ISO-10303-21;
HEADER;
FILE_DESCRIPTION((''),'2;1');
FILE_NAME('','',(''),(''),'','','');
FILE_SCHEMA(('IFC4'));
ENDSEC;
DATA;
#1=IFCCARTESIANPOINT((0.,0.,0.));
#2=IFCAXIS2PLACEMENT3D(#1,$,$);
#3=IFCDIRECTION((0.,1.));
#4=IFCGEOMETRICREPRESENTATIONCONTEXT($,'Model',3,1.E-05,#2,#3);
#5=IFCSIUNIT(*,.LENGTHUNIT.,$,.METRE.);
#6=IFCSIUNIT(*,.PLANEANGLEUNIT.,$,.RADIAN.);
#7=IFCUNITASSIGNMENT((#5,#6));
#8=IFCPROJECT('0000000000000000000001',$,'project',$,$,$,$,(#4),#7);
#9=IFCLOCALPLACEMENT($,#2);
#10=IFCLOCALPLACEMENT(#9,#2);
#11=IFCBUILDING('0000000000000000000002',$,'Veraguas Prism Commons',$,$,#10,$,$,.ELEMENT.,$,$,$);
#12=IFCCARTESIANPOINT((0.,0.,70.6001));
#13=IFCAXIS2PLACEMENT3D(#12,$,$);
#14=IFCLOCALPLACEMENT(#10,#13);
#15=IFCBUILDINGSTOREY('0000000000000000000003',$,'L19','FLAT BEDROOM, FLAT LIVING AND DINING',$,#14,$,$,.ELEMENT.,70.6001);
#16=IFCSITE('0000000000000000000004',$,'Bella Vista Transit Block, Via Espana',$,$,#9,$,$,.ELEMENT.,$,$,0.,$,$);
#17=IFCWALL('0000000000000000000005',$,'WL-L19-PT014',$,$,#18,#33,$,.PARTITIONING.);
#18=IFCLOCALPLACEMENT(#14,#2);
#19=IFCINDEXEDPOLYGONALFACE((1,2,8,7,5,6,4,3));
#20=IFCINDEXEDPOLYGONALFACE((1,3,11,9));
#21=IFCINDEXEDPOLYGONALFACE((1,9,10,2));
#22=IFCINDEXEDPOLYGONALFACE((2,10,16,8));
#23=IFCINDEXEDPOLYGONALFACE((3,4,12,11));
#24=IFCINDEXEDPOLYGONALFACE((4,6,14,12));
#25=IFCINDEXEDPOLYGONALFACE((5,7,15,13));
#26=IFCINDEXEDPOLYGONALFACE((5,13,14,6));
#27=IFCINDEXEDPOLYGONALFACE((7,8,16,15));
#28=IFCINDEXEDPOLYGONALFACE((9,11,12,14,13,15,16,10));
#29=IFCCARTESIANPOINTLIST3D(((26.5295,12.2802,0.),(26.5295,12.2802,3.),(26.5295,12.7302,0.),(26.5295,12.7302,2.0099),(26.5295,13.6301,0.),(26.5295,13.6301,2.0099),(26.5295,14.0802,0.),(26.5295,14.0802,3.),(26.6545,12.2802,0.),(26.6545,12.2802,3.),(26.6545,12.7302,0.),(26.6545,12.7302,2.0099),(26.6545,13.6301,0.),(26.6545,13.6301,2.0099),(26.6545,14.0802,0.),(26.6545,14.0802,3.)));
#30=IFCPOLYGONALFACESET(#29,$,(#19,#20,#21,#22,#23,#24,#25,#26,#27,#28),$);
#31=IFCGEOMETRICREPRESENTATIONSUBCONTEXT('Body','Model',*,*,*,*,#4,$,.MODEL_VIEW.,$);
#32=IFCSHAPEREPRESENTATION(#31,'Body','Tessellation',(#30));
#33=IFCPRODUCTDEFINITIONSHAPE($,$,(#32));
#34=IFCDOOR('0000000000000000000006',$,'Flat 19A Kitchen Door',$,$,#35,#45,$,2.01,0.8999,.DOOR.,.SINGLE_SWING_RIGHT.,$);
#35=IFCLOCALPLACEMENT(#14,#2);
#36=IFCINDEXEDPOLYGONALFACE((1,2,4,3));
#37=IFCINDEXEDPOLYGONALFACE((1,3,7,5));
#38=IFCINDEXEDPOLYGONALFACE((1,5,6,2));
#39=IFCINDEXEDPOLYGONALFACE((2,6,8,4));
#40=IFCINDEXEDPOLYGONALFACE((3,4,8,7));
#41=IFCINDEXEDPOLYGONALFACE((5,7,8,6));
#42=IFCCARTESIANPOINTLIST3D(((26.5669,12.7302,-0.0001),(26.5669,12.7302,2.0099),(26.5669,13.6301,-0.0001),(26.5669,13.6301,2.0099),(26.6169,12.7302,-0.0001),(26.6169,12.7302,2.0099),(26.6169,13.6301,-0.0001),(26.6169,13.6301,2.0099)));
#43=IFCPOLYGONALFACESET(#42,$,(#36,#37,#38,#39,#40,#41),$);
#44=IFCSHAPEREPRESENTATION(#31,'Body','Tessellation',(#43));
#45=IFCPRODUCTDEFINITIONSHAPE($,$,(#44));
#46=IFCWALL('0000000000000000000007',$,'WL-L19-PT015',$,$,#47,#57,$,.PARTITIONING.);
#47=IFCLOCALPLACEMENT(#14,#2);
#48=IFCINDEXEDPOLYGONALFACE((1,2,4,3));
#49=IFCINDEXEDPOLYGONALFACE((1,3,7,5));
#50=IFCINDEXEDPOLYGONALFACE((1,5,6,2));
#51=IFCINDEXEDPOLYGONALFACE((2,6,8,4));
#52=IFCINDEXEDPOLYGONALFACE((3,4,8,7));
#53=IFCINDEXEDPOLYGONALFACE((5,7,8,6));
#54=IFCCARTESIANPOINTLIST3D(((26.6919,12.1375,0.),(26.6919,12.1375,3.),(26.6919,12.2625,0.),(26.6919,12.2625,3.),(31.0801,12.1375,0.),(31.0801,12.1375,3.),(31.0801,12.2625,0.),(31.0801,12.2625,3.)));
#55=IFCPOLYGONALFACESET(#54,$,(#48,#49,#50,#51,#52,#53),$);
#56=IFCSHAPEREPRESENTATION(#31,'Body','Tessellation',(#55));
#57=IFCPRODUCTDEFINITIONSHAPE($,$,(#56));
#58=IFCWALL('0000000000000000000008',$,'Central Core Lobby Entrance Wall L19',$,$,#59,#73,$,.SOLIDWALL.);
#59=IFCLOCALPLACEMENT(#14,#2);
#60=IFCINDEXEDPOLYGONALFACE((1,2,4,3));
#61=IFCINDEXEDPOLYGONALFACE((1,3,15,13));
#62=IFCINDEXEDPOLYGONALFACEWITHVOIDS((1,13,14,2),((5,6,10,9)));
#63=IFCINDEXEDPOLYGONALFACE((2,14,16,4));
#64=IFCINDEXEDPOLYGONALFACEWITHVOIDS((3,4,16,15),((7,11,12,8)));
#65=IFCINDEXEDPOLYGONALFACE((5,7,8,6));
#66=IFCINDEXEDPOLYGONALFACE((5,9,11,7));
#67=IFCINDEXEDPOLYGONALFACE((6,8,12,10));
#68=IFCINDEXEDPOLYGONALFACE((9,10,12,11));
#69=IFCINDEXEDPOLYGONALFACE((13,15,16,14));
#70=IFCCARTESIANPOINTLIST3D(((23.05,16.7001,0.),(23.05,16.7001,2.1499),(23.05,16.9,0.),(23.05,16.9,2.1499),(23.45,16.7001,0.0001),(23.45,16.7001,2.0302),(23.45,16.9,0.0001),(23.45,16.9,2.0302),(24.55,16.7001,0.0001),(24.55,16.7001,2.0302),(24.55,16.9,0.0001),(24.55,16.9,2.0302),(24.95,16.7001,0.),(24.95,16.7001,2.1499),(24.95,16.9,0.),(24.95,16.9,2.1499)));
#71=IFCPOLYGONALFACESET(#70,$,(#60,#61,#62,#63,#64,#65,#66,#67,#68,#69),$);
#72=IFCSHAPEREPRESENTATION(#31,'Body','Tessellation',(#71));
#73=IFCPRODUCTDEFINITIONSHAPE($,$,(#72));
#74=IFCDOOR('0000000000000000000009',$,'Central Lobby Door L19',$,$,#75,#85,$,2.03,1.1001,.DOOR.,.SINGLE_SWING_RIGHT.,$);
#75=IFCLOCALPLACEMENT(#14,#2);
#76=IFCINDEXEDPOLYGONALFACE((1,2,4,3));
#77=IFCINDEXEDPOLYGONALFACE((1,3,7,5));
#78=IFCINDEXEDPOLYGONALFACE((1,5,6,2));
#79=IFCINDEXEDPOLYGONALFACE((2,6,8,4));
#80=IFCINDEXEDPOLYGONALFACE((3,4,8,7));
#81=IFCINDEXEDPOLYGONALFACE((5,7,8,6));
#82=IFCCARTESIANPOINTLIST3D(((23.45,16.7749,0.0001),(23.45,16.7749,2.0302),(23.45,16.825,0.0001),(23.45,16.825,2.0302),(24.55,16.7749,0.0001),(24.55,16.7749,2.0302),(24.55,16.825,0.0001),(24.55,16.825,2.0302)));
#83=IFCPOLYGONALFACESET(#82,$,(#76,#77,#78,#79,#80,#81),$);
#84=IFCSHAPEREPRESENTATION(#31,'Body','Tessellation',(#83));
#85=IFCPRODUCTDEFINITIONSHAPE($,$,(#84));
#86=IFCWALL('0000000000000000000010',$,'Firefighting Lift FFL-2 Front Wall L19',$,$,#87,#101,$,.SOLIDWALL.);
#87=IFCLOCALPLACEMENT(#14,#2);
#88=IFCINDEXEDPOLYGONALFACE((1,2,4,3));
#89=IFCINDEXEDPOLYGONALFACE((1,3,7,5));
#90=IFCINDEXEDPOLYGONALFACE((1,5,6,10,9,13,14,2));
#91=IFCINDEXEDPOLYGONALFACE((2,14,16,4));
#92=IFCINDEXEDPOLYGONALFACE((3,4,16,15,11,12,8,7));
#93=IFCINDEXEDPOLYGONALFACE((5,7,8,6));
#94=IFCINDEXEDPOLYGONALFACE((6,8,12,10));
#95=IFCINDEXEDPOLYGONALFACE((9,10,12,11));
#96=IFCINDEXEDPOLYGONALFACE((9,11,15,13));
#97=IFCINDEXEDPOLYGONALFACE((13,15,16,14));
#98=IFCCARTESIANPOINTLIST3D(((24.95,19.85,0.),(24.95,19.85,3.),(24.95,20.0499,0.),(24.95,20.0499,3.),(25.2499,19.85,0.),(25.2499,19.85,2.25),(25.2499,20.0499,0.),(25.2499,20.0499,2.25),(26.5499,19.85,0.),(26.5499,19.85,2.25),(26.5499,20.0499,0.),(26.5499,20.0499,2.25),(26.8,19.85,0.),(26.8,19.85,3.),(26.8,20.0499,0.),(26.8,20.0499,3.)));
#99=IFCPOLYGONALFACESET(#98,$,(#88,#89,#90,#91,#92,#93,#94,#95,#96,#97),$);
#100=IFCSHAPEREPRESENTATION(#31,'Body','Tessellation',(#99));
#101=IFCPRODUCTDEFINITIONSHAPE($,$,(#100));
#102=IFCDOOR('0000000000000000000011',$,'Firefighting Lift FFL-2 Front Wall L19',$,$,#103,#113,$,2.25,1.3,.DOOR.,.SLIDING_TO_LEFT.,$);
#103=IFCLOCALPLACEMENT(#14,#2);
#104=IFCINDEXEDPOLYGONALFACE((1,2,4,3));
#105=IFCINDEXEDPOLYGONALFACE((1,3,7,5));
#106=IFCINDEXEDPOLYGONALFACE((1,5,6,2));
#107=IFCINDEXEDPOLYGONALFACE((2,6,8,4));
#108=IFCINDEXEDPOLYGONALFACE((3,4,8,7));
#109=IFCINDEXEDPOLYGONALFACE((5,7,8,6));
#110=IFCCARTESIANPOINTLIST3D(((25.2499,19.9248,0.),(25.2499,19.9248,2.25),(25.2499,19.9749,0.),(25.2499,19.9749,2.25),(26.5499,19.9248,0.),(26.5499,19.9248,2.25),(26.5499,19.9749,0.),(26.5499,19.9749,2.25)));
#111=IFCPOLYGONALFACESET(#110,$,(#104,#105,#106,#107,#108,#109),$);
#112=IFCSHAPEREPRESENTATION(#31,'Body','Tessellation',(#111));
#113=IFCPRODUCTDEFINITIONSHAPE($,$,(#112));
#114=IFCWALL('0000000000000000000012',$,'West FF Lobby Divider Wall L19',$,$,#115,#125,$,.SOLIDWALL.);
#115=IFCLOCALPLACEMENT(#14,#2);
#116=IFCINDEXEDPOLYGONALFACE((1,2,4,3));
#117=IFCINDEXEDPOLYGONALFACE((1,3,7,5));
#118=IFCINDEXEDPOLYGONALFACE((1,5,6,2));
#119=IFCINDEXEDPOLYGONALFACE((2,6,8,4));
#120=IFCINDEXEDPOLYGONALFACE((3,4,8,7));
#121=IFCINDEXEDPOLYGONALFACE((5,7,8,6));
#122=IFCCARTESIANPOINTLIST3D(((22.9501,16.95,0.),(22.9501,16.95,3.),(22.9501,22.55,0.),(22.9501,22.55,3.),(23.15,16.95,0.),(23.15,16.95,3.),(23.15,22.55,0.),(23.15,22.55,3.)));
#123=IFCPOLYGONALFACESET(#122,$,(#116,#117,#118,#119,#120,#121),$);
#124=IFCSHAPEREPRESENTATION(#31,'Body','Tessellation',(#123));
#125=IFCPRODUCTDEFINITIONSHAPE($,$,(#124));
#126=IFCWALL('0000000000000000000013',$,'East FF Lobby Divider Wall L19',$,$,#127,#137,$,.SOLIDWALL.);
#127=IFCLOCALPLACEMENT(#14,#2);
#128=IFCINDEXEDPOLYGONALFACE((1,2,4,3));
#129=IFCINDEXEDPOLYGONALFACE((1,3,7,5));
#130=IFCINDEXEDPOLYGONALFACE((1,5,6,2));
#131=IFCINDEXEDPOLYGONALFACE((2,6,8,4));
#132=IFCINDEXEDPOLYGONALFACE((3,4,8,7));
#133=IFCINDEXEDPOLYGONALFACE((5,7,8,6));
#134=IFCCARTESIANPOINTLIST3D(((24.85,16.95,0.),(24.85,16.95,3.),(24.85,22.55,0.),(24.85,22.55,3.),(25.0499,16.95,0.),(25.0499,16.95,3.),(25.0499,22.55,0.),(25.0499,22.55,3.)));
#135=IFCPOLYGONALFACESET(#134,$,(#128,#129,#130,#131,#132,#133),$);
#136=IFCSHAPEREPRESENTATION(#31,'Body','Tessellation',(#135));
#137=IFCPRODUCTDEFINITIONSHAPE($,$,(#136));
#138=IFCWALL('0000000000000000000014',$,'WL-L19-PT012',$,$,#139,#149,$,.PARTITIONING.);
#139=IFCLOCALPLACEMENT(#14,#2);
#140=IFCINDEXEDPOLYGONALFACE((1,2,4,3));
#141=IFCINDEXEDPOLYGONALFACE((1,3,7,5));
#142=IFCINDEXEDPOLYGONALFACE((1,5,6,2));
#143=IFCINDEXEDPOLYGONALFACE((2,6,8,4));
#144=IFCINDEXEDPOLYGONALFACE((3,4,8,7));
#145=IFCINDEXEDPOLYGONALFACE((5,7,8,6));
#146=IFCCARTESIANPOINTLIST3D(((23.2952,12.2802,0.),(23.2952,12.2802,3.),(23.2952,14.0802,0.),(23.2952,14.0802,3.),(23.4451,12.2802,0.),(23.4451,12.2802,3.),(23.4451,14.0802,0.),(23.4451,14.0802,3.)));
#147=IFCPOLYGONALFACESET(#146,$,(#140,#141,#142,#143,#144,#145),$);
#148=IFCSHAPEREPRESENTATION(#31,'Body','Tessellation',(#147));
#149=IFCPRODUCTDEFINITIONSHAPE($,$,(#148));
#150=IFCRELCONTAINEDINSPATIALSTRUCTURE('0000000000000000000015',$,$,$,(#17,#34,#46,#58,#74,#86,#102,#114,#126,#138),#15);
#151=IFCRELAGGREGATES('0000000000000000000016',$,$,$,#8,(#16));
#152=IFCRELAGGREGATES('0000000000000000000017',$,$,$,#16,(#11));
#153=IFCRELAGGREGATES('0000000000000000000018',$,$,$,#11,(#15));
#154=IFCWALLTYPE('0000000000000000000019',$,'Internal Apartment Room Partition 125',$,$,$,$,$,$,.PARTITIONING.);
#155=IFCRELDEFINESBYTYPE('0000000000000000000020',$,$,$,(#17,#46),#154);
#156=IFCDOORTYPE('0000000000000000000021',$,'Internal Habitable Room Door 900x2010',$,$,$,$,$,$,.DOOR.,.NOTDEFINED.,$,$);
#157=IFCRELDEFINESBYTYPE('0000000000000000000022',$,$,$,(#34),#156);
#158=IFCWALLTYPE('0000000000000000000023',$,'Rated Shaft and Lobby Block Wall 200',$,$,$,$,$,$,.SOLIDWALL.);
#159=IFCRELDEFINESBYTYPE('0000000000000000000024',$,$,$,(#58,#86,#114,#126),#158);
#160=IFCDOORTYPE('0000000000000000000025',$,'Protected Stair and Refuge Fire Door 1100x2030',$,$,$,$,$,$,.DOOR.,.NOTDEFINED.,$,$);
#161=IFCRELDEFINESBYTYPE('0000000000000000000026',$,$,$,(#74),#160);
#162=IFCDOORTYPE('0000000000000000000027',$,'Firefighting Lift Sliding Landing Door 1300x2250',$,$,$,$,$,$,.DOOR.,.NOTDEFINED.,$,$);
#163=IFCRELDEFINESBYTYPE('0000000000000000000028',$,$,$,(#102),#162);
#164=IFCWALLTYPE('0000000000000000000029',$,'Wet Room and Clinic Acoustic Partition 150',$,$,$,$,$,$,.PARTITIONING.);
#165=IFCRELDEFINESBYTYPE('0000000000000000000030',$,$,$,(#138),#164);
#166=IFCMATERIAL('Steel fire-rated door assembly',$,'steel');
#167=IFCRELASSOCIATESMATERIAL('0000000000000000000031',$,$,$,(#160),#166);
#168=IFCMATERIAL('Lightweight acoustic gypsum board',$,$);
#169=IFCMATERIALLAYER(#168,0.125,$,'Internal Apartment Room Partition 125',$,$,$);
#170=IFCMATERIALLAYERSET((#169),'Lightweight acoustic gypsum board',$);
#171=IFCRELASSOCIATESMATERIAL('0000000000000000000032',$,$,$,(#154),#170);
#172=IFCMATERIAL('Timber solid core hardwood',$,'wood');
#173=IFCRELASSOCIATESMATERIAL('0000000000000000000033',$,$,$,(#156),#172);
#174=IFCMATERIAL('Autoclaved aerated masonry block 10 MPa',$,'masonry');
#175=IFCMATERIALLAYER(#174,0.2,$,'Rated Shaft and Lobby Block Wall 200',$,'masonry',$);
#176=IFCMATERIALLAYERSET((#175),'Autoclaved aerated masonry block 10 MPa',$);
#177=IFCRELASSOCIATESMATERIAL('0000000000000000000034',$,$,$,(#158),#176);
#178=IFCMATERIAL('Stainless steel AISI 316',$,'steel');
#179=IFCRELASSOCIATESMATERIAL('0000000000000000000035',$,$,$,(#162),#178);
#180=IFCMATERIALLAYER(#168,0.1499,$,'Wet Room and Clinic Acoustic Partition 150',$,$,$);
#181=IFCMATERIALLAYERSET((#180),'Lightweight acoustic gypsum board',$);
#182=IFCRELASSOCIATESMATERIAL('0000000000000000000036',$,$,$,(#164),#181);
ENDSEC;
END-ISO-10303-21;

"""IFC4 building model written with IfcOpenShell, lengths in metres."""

from ifc_helpers import new_model, si_unit, direction, frame, frame_2d, origin, place, context, subcontext, project, spatial, rectangle, extrude, source, transform, mapped, material, layer, layer_set, type_object, element, fill, save


model = new_model("IFC4")

# Units and contexts
model_context = context("Model", 3, precision=1e-05, world=origin(), true_north=direction((0.0, 1.0)))
body_context = subcontext(model_context, "Body", "Model", "MODEL_VIEW")
ifc_project = project(units=[si_unit("LENGTHUNIT", "METRE"), si_unit("PLANEANGLEUNIT", "RADIAN")], contexts=[model_context])

# Site, building, storey
site_placement = place(None, origin())
site = spatial("IfcSite", under=ifc_project, at=site_placement, Name="Bella Vista Transit Block, Via Espana", CompositionType="ELEMENT", RefElevation=0.0)
building_placement = place(site_placement, origin())
building = spatial("IfcBuilding", under=site, at=building_placement, Name="Veraguas Prism Commons", CompositionType="ELEMENT")
storey_placement = place(building_placement, frame((0.0, 0.0, 70.6001)))
storey = spatial("IfcBuildingStorey", under=building, at=storey_placement, Name="L19", Description="FLAT BEDROOM, FLAT LIVING AND DINING", CompositionType="ELEMENT", Elevation=70.6001)

# Shared definitions
ifc_material_1 = material(Name="Steel fire-rated door assembly", Category="steel")
door_type_1 = type_object("IfcDoorType", Name="Protected Stair and Refuge Fire Door 1100x2030", OperationType="NOTDEFINED", PredefinedType="DOOR", material=ifc_material_1)
shared_shape_1 = source(origin(), body_context, "Body", "SweptSolid", [
    extrude(rectangle(XDim=1.1001, YDim=2.03, at=frame_2d((0.55, 1.0151))), frame((0.0, 0.0249, 0.0), z_axis=(0.0, -1.0, 0.0), x_axis=(1.0, 0.0, 0.0)), (0.0, 0.0, 1.0), 0.05),
])

# Shared definitions
ifc_material_2 = material(Name="Autoclaved aerated masonry block 10 MPa", Category="masonry")

# Wall, opening, door
ifc_material_3 = material(Name="Lightweight acoustic gypsum board")
ifc_layer_1 = layer(ifc_material_3, 0.125, Name="Internal Apartment Room Partition 125")
ifc_layer_set_1 = layer_set([ifc_layer_1], Name="Lightweight acoustic gypsum board")
wall_type_1 = type_object("IfcWallType", Name="Internal Apartment Room Partition 125", PredefinedType="PARTITIONING", material=ifc_layer_set_1)
wall_1_placement = place(storey_placement, frame((26.592, 14.0801, 0.0), z_axis=(0.0, 0.0, 1.0), x_axis=(0.0, -1.0, 0.0)))
wall_1 = element("IfcWall", 1, at=wall_1_placement, inside=storey, type_object=wall_type_1, Name="WL-L19-PT014", PredefinedType="PARTITIONING", context=body_context, shape_type="SweptSolid", body=[
    extrude(rectangle(XDim=1.8, YDim=0.125, at=frame_2d((0.8999, 0.0))), origin(), (0.0, 0.0, 1.0), 3.0),
])
opening_1_placement = place(wall_1_placement, frame((0.45, 0.0, 0.0)))
opening_1 = element("IfcOpeningElement", 2, at=opening_1_placement, cuts=wall_1, PredefinedType="OPENING", context=body_context, shape_type="SweptSolid", body=[
    extrude(rectangle(XDim=0.8999, YDim=2.01, at=frame_2d((0.45, 1.0049))), frame((0.0, 0.0725, 0.0), z_axis=(0.0, -1.0, 0.0), x_axis=(1.0, 0.0, 0.0)), (0.0, 0.0, 1.0), 0.145),
])
ifc_material_4 = material(Name="Timber solid core hardwood", Category="wood")
door_type_2 = type_object("IfcDoorType", Name="Internal Habitable Room Door 900x2010", OperationType="NOTDEFINED", PredefinedType="DOOR", material=ifc_material_4)
shared_shape_2 = source(origin(), body_context, "Body", "SweptSolid", [
    extrude(rectangle(XDim=0.8999, YDim=2.01, at=frame_2d((0.45, 1.0049))), frame((0.0, 0.0249, 0.0), z_axis=(0.0, -1.0, 0.0), x_axis=(1.0, 0.0, 0.0)), (0.0, 0.0, 1.0), 0.05),
])
door_1_placement = place(opening_1_placement, origin())
door_1 = element("IfcDoor", 3, at=door_1_placement, inside=storey, type_object=door_type_2, Name="Flat 19A Kitchen Door", OperationType="SINGLE_SWING_RIGHT", OverallHeight=2.01, OverallWidth=0.8999, PredefinedType="DOOR", context=body_context, shape_type="MappedRepresentation", body=[
    mapped(shared_shape_2, transform((0.0, 0.0, 0.0), scale=1.0)),
])
fill(opening_1, door_1)

# Wall
wall_2_placement = place(storey_placement, frame((26.6919, 12.2, 0.0), z_axis=(0.0, 0.0, 1.0), x_axis=(1.0, 0.0, 0.0)))
element("IfcWall", 4, at=wall_2_placement, inside=storey, type_object=wall_type_1, Name="WL-L19-PT015", PredefinedType="PARTITIONING", context=body_context, shape_type="SweptSolid", body=[
    extrude(rectangle(XDim=4.3882, YDim=0.125, at=frame_2d((2.1941, 0.0))), origin(), (0.0, 0.0, 1.0), 3.0),
])

# Walls, openings, doors
ifc_layer_2 = layer(ifc_material_2, 0.2, Name="Rated Shaft and Lobby Block Wall 200", Category="masonry")
ifc_layer_set_2 = layer_set([ifc_layer_2], Name="Autoclaved aerated masonry block 10 MPa")
wall_type_2 = type_object("IfcWallType", Name="Rated Shaft and Lobby Block Wall 200", PredefinedType="SOLIDWALL", material=ifc_layer_set_2)
wall_3_placement = place(storey_placement, frame((23.05, 16.8, 0.0), z_axis=(0.0, 0.0, 1.0), x_axis=(1.0, 0.0, 0.0)))
wall_3 = element("IfcWall", 5, at=wall_3_placement, inside=storey, type_object=wall_type_2, Name="Central Core Lobby Entrance Wall L19", PredefinedType="SOLIDWALL", context=body_context, shape_type="SweptSolid", body=[
    extrude(rectangle(XDim=1.8999, YDim=0.2, at=frame_2d((0.95, 0.0))), origin(), (0.0, 0.0, 1.0), 2.1499),
])
opening_2_placement = place(wall_3_placement, frame((0.3999, 0.0, 0.0)))
opening_2 = element("IfcOpeningElement", 6, at=opening_2_placement, cuts=wall_3, PredefinedType="OPENING", context=body_context, shape_type="SweptSolid", body=[
    extrude(rectangle(XDim=1.1001, YDim=2.03, at=frame_2d((0.55, 1.0151))), frame((0.0, 0.1099, 0.0), z_axis=(0.0, -1.0, 0.0), x_axis=(1.0, 0.0, 0.0)), (0.0, 0.0, 1.0), 0.22),
])
door_2_placement = place(opening_2_placement, origin())
door_2 = element("IfcDoor", 7, at=door_2_placement, inside=storey, type_object=door_type_1, Name="Central Lobby Door L19", OperationType="SINGLE_SWING_RIGHT", OverallHeight=2.03, OverallWidth=1.1001, PredefinedType="DOOR", context=body_context, shape_type="MappedRepresentation", body=[
    mapped(shared_shape_1, transform((0.0, 0.0, 0.0), scale=1.0)),
])
fill(opening_2, door_2)
wall_4_placement = place(storey_placement, frame((24.95, 19.95, 0.0), z_axis=(0.0, 0.0, 1.0), x_axis=(1.0, 0.0, 0.0)))
wall_4 = element("IfcWall", 8, at=wall_4_placement, inside=storey, type_object=wall_type_2, Name="Firefighting Lift FFL-2 Front Wall L19", PredefinedType="SOLIDWALL", context=body_context, shape_type="SweptSolid", body=[
    extrude(rectangle(XDim=1.8501, YDim=0.2, at=frame_2d((0.925, 0.0))), origin(), (0.0, 0.0, 1.0), 3.0),
])
opening_3_placement = place(wall_4_placement, frame((0.3, 0.0, 0.0)))
opening_3 = element("IfcOpeningElement", 9, at=opening_3_placement, cuts=wall_4, PredefinedType="OPENING", context=body_context, shape_type="SweptSolid", body=[
    extrude(rectangle(XDim=1.3, YDim=2.25, at=frame_2d((0.6499, 1.125))), frame((0.0, 0.1099, 0.0), z_axis=(0.0, -1.0, 0.0), x_axis=(1.0, 0.0, 0.0)), (0.0, 0.0, 1.0), 0.22),
])
ifc_material_5 = material(Name="Stainless steel AISI 316", Category="steel")
door_type_3 = type_object("IfcDoorType", Name="Firefighting Lift Sliding Landing Door 1300x2250", OperationType="NOTDEFINED", PredefinedType="DOOR", material=ifc_material_5)
shared_shape_3 = source(origin(), body_context, "Body", "SweptSolid", [
    extrude(rectangle(XDim=1.3, YDim=2.25, at=frame_2d((0.6499, 1.125))), frame((0.0, 0.0249, 0.0), z_axis=(0.0, -1.0, 0.0), x_axis=(1.0, 0.0, 0.0)), (0.0, 0.0, 1.0), 0.05),
])
door_3_placement = place(opening_3_placement, origin())
door_3 = element("IfcDoor", 10, at=door_3_placement, inside=storey, type_object=door_type_3, Name="Firefighting Lift FFL-2 Front Wall L19", OperationType="SLIDING_TO_LEFT", OverallHeight=2.25, OverallWidth=1.3, PredefinedType="DOOR", context=body_context, shape_type="MappedRepresentation", body=[
    mapped(shared_shape_3, transform((0.0, 0.0, 0.0), scale=1.0)),
])
fill(opening_3, door_3)

# Walls
for number, where, z_axis, x_axis, name in (
    (11, (23.05, 16.95, 0.0), (0.0, 0.0, 1.0), (0.0, 1.0, 0.0), "West FF Lobby Divider Wall L19"),
    (12, (24.95, 16.95, 0.0), (0.0, 0.0, 1.0), (0.0, 1.0, 0.0), "East FF Lobby Divider Wall L19"),
):
    element("IfcWall", number, at=place(storey_placement, frame(where, z_axis=z_axis, x_axis=x_axis)), inside=storey, type_object=wall_type_2, Name=name, PredefinedType="SOLIDWALL", context=body_context, shape_type="SweptSolid", body=[
        extrude(rectangle(XDim=5.6001, YDim=0.2, at=frame_2d((2.8, 0.0))), origin(), (0.0, 0.0, 1.0), 3.0),
    ])
ifc_layer_3 = layer(ifc_material_3, 0.1499, Name="Wet Room and Clinic Acoustic Partition 150")
ifc_layer_set_3 = layer_set([ifc_layer_3], Name="Lightweight acoustic gypsum board")
wall_type_3 = type_object("IfcWallType", Name="Wet Room and Clinic Acoustic Partition 150", PredefinedType="PARTITIONING", material=ifc_layer_set_3)
wall_5_placement = place(storey_placement, frame((23.3701, 14.0801, 0.0), z_axis=(0.0, 0.0, 1.0), x_axis=(0.0, -1.0, 0.0)))
element("IfcWall", 13, at=wall_5_placement, inside=storey, type_object=wall_type_3, Name="WL-L19-PT012", PredefinedType="PARTITIONING", context=body_context, shape_type="SweptSolid", body=[
    extrude(rectangle(XDim=1.8, YDim=0.1499, at=frame_2d((0.8999, 0.0))), origin(), (0.0, 0.0, 1.0), 3.0),
])

save(model, "model.ifc")
